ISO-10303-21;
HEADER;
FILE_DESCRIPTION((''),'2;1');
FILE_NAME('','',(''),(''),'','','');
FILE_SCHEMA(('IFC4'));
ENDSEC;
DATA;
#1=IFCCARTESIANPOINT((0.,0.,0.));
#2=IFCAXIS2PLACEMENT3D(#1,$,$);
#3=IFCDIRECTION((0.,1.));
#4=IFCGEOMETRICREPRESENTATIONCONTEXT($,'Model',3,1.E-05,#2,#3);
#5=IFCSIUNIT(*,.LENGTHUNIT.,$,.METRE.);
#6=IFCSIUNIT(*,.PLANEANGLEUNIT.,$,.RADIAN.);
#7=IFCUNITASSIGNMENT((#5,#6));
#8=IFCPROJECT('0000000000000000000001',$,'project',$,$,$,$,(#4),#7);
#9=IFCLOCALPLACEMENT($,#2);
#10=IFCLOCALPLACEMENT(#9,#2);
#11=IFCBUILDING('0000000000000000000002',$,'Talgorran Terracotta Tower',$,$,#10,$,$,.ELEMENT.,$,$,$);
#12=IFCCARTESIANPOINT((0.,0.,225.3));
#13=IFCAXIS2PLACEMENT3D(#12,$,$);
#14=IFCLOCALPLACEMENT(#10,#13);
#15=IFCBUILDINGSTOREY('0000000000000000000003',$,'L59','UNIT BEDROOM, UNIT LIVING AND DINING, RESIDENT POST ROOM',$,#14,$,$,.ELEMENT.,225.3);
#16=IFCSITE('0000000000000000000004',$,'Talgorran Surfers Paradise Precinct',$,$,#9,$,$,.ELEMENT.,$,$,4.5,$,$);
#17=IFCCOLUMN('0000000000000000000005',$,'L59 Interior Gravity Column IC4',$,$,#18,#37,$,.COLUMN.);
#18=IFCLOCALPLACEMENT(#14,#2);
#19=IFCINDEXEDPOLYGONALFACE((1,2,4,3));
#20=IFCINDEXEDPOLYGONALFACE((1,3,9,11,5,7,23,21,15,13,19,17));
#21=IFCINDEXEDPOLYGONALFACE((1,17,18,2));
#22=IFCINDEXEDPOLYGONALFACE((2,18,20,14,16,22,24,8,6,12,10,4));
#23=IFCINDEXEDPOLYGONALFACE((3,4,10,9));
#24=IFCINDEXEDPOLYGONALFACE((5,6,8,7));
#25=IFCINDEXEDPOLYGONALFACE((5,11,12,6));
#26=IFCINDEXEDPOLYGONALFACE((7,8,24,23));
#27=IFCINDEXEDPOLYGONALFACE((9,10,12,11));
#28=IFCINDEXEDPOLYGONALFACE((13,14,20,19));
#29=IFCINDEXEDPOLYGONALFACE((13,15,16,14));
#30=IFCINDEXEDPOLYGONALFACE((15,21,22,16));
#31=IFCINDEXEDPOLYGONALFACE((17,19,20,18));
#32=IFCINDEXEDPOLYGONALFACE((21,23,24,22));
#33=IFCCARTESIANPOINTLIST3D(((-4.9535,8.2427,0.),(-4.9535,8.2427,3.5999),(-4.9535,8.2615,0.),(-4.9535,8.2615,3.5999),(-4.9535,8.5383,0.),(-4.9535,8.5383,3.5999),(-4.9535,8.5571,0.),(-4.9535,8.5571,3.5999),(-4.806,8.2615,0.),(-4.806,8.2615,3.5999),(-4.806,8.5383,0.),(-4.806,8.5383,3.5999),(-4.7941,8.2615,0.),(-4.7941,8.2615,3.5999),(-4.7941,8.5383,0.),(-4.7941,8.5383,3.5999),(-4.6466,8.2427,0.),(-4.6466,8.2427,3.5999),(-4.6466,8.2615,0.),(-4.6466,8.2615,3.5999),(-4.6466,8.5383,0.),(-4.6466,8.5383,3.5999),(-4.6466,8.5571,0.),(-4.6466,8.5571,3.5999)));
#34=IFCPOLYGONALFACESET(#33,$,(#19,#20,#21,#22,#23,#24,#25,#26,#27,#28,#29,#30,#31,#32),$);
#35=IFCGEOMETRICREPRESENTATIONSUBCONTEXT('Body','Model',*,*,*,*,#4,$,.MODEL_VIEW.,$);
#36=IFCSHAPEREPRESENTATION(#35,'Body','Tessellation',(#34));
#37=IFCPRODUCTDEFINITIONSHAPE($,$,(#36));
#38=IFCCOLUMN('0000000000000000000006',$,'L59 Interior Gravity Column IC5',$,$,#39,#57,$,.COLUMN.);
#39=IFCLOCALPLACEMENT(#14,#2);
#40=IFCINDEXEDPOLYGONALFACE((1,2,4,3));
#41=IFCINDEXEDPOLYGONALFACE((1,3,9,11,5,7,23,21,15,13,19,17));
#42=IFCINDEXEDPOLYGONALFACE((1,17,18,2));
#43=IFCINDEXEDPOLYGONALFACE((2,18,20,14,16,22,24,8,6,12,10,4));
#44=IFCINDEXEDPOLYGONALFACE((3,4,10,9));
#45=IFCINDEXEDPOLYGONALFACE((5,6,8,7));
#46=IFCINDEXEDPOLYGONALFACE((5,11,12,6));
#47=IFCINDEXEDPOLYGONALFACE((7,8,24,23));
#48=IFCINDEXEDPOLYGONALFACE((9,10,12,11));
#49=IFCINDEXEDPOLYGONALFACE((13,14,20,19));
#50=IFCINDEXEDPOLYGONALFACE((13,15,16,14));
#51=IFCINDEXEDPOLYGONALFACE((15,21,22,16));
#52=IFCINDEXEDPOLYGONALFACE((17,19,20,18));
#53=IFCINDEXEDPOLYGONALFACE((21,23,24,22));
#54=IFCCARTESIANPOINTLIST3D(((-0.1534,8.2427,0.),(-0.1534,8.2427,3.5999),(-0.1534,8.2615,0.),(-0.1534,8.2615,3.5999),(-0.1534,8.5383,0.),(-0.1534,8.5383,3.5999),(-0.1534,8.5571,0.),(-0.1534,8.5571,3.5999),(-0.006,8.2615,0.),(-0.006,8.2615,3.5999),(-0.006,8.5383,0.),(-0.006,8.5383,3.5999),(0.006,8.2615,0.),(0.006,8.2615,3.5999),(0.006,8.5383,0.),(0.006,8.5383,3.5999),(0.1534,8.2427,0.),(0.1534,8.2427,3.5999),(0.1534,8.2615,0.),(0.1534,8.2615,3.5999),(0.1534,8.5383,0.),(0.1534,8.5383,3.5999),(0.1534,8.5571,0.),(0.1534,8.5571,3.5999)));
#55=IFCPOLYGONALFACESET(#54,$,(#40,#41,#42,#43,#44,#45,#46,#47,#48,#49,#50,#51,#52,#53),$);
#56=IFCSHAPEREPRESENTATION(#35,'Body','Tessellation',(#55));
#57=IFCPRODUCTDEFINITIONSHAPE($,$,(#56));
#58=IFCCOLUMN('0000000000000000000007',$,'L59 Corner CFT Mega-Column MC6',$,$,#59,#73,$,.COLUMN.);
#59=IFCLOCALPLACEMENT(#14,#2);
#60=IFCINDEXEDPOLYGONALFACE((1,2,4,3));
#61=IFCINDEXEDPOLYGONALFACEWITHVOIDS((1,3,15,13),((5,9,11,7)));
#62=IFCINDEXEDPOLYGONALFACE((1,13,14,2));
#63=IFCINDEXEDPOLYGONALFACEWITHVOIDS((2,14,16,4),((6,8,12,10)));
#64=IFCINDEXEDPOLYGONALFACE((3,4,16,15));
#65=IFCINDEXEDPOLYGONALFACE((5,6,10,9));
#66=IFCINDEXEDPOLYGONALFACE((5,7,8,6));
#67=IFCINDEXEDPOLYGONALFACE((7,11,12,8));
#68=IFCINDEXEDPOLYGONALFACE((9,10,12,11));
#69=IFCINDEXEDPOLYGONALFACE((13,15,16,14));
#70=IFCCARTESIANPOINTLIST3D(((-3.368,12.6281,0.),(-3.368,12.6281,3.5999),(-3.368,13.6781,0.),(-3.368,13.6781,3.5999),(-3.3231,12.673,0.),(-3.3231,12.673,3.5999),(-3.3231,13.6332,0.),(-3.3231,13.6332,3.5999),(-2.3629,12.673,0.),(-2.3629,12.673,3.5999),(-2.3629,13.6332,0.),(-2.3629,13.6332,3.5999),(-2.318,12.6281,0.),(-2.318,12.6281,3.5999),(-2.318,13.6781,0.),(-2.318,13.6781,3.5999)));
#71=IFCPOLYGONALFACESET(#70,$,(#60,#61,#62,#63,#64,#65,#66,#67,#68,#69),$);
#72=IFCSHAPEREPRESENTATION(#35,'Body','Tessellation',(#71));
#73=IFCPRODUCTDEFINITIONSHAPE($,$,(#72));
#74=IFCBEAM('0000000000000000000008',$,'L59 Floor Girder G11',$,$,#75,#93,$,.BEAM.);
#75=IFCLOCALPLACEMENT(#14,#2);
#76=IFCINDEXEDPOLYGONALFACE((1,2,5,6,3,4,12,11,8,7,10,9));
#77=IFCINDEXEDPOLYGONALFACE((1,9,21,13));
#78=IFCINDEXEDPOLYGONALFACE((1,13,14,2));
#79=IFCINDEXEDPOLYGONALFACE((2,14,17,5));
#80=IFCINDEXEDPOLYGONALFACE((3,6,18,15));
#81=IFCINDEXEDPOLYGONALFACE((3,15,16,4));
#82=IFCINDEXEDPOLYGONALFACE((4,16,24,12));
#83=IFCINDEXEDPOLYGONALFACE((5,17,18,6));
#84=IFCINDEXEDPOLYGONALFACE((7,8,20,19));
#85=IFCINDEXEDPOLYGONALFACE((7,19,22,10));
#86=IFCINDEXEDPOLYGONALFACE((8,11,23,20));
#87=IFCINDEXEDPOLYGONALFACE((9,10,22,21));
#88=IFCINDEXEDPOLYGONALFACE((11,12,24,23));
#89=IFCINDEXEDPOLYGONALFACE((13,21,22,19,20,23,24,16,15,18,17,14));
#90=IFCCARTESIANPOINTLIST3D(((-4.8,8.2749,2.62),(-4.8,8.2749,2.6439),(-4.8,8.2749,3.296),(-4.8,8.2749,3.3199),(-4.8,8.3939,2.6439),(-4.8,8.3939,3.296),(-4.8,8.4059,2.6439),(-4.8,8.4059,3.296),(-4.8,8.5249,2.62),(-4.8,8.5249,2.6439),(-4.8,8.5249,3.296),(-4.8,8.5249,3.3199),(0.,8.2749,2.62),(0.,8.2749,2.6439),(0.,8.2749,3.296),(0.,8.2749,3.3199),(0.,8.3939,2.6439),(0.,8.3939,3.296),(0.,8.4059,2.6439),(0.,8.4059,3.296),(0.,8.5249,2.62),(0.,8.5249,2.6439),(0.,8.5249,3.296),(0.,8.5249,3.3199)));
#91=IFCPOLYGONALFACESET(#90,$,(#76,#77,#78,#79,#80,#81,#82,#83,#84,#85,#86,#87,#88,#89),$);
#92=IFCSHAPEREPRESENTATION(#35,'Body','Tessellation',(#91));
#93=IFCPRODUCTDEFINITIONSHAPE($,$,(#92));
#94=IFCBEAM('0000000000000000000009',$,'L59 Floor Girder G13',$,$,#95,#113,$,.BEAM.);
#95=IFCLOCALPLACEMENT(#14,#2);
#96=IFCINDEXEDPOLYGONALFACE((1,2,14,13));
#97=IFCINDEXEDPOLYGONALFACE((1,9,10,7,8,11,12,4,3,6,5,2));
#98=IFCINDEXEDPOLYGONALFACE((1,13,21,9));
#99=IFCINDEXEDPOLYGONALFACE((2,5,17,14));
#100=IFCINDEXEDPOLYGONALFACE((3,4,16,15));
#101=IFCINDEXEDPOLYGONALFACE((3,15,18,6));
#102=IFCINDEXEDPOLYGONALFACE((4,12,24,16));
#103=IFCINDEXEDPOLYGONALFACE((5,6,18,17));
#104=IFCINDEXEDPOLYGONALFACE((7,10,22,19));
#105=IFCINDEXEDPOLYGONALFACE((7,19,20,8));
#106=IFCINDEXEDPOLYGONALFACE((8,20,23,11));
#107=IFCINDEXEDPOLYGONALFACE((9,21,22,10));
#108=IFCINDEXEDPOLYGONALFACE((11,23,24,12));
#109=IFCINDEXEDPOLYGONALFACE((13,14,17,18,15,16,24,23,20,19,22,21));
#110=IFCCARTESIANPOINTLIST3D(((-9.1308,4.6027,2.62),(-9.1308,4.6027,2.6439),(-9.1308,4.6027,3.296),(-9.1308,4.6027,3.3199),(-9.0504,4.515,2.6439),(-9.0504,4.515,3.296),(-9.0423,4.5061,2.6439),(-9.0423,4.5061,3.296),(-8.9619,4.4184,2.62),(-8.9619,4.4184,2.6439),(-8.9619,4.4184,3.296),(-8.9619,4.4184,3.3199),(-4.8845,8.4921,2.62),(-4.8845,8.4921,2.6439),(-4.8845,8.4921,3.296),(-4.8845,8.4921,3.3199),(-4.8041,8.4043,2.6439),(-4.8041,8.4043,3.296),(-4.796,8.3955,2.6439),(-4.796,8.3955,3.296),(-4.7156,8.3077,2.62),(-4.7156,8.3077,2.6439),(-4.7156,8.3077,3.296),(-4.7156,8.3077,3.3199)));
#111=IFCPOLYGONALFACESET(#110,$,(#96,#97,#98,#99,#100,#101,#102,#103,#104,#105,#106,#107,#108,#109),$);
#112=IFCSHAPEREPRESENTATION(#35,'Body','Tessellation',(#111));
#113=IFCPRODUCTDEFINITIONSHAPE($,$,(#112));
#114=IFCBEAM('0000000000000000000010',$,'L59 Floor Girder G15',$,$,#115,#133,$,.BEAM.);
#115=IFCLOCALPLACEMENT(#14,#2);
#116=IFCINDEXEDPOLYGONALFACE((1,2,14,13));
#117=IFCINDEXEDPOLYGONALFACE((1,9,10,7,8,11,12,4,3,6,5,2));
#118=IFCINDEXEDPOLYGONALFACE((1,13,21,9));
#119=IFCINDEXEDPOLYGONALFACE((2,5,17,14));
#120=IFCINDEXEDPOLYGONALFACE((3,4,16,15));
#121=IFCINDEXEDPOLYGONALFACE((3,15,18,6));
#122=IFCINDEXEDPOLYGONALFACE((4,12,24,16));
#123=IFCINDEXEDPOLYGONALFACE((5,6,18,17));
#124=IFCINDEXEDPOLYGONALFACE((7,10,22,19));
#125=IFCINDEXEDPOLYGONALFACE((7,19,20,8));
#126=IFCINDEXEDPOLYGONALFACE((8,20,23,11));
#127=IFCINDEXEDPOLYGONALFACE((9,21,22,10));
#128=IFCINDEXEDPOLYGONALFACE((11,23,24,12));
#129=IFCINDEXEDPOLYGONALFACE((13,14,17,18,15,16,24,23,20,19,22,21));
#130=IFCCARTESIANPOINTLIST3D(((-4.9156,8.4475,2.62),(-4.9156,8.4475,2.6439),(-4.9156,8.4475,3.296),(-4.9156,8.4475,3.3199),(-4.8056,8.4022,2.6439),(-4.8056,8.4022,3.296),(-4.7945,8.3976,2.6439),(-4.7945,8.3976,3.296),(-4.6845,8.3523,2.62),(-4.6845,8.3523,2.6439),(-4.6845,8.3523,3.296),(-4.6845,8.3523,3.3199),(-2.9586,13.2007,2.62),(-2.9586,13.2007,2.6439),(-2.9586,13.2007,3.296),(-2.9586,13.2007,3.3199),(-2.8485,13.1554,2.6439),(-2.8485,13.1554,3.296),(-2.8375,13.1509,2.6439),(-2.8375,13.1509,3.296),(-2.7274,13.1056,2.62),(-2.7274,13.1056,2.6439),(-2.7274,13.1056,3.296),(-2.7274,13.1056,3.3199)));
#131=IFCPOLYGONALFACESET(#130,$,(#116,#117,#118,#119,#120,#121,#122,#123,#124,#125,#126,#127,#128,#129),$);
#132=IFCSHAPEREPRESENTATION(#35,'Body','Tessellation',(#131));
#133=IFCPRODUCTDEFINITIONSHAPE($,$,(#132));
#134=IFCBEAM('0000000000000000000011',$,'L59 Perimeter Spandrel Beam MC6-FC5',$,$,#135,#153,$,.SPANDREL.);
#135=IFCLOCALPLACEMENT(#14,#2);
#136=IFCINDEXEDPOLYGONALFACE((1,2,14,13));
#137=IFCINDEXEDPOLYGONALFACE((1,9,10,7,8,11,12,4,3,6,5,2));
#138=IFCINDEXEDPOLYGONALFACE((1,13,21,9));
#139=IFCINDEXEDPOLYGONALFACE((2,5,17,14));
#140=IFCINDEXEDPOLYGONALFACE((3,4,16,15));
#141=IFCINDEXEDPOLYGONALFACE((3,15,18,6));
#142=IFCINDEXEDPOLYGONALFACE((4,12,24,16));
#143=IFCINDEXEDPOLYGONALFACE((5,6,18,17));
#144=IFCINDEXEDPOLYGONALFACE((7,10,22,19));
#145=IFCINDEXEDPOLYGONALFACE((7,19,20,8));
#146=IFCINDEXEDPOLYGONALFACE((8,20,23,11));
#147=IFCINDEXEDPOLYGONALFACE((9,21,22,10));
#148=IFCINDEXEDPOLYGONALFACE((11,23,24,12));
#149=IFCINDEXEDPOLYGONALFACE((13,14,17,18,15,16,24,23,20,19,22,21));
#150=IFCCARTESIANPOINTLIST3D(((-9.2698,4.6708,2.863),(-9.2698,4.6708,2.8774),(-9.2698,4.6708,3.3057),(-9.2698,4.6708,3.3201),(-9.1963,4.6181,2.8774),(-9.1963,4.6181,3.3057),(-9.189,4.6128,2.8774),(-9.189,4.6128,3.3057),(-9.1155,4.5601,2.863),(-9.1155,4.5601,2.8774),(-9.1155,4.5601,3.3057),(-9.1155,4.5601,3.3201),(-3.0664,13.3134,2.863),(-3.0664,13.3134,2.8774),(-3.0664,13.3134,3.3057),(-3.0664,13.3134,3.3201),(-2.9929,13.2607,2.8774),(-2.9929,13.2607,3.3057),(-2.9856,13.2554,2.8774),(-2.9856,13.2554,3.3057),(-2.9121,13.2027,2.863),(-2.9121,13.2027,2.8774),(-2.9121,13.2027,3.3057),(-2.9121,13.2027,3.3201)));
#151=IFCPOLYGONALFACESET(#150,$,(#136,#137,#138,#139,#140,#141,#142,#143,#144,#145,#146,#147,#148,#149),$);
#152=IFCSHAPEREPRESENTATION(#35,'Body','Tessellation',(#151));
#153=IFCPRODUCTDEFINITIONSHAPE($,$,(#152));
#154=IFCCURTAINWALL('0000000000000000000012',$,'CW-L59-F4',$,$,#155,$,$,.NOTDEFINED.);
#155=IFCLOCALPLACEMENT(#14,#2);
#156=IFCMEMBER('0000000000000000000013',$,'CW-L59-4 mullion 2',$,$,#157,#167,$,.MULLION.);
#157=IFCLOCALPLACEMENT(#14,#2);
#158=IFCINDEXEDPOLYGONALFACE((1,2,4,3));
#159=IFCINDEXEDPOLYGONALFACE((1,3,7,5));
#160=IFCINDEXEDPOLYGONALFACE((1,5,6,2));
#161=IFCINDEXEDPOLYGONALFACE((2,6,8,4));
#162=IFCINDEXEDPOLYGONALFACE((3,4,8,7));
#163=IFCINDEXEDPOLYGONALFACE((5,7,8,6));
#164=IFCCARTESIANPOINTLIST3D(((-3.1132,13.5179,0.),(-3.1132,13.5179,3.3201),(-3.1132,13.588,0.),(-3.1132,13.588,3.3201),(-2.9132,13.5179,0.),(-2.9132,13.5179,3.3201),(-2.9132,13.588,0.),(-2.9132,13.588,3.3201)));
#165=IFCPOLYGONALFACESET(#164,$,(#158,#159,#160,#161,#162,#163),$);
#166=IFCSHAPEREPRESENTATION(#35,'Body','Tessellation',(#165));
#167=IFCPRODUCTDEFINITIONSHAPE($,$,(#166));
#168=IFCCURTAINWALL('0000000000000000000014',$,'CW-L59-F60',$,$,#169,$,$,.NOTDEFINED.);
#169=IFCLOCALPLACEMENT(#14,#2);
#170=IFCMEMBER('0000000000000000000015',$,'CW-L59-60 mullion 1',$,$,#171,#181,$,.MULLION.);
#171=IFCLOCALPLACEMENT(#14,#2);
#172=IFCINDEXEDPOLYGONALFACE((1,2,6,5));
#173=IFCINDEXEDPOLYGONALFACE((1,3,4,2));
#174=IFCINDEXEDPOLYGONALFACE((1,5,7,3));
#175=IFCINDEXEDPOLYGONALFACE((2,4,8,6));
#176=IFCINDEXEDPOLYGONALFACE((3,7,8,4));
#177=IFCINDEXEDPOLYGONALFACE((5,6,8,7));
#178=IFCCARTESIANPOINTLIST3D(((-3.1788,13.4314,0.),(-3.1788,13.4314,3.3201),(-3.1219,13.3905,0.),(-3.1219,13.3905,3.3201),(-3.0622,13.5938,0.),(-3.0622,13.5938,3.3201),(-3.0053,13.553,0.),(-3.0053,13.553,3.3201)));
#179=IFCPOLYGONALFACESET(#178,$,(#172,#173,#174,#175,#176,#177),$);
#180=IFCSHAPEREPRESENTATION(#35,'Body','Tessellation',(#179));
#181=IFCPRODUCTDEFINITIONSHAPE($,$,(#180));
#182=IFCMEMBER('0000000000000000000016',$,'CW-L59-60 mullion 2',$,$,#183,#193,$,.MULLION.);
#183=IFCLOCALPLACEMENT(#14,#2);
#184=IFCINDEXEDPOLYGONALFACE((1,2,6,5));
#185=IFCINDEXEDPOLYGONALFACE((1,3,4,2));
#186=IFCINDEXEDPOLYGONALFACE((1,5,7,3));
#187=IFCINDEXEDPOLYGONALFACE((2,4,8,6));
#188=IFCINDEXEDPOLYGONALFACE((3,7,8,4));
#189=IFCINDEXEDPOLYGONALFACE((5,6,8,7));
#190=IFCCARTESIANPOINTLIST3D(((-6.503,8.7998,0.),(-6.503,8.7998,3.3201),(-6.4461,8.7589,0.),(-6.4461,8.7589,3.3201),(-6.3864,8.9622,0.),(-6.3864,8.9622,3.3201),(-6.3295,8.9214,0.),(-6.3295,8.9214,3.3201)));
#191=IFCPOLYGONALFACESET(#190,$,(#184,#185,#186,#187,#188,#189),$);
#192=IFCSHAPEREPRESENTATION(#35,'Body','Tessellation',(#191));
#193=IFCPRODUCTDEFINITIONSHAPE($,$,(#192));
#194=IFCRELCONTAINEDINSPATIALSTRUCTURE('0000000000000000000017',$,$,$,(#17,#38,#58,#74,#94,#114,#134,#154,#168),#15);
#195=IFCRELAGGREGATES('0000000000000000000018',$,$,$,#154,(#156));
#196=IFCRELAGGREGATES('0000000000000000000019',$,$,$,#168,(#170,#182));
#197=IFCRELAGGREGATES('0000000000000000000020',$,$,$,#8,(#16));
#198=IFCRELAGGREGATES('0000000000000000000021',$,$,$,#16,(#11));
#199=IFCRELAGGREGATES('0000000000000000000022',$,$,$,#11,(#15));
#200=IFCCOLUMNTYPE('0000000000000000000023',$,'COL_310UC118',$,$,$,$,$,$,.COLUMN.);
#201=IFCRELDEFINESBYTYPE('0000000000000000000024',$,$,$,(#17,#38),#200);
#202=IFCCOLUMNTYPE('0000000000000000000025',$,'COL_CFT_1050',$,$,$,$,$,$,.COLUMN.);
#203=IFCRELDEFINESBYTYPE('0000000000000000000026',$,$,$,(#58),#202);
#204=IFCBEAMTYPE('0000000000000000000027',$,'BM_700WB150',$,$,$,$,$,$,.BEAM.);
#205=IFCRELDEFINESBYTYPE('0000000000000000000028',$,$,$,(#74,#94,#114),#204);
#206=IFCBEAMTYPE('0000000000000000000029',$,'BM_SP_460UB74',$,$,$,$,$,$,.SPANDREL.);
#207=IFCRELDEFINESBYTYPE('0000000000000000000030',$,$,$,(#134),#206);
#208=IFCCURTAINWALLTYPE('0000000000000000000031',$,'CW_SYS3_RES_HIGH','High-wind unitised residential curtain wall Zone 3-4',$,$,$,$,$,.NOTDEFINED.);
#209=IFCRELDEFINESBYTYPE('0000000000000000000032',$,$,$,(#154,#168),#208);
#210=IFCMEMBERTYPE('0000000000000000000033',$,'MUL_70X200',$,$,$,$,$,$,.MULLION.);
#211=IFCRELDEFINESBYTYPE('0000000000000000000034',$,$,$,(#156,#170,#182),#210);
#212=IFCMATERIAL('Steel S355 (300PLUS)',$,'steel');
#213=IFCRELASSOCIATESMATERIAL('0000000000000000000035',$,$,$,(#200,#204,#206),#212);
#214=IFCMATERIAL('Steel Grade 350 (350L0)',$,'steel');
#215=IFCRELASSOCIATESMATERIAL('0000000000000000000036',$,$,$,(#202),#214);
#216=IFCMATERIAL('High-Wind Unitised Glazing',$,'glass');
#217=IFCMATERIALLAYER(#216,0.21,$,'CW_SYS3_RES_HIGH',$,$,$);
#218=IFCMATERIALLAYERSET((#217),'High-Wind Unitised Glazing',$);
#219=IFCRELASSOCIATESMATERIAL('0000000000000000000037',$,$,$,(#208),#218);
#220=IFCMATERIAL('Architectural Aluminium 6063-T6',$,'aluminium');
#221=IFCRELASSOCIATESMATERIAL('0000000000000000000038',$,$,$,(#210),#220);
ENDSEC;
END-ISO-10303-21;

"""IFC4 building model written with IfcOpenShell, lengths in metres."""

from ifc_helpers import new_model, si_unit, direction, frame, origin, origin_2d, place, context, subcontext, project, spatial, rectangle, hollow_rectangle, i_section, extrude, material, layer, layer_set, material_profile, profile_set, type_object, element, aggregate, save


model = new_model("IFC4")

# Units and contexts
model_context = context("Model", 3, precision=1e-05, world=origin(), true_north=direction((0.0, 1.0)))
body_context = subcontext(model_context, "Body", "Model", "MODEL_VIEW")
ifc_project = project(units=[si_unit("LENGTHUNIT", "METRE"), si_unit("PLANEANGLEUNIT", "RADIAN")], contexts=[model_context])

# Site, building, storey
site_placement = place(None, origin())
site = spatial("IfcSite", under=ifc_project, at=site_placement, Name="Talgorran Surfers Paradise Precinct", CompositionType="ELEMENT", RefElevation=4.5)
building_placement = place(site_placement, origin())
building = spatial("IfcBuilding", under=site, at=building_placement, Name="Talgorran Terracotta Tower", CompositionType="ELEMENT")
storey_placement = place(building_placement, frame((0.0, 0.0, 225.3)))
storey = spatial("IfcBuildingStorey", under=building, at=storey_placement, Name="L59", Description="UNIT BEDROOM, UNIT LIVING AND DINING, RESIDENT POST ROOM", CompositionType="ELEMENT", Elevation=225.3)

# Columns
ifc_material_1 = material(Name="Steel S355 (300PLUS)", Category="steel")
ifc_material_profile_1 = material_profile(ifc_material_1, i_section(OverallWidth=0.3069, OverallDepth=0.3145, WebThickness=0.012, FlangeThickness=0.0188, at=origin_2d()), Name="310UC118")
ifc_profile_set_1 = profile_set([ifc_material_profile_1], Name="Steel S355 (300PLUS)")
column_type_1 = type_object("IfcColumnType", Name="COL_310UC118", PredefinedType="COLUMN", material=ifc_profile_set_1)
for number, where, z_axis, x_axis, name in (
    (1, (-4.8, 8.3999, 0.0), (0.0, 0.0, 1.0), (1.0, 0.0, 0.0), "L59 Interior Gravity Column IC4"),
    (2, (0.0, 8.3999, 0.0), (0.0, 0.0, 1.0), (1.0, 0.0, 0.0), "L59 Interior Gravity Column IC5"),
):
    element("IfcColumn", number, at=place(storey_placement, frame(where, z_axis=z_axis, x_axis=x_axis)), inside=storey, type_object=column_type_1, Name=name, PredefinedType="COLUMN", context=body_context, shape_type="SweptSolid", body=[
        extrude(i_section(OverallWidth=0.3069, OverallDepth=0.3145, WebThickness=0.012, FlangeThickness=0.0188, at=origin_2d()), origin(), (0.0, 0.0, 1.0), 3.5999),
    ])
ifc_material_2 = material(Name="Steel Grade 350 (350L0)", Category="steel")
ifc_material_profile_2 = material_profile(ifc_material_2, hollow_rectangle(XDim=1.05, YDim=1.05, WallThickness=0.0449, at=origin_2d()), Name="CFT1050X1050X45")
ifc_profile_set_2 = profile_set([ifc_material_profile_2], Name="Steel Grade 350 (350L0)")
column_type_2 = type_object("IfcColumnType", Name="COL_CFT_1050", PredefinedType="COLUMN", material=ifc_profile_set_2)
column_placement = place(storey_placement, frame((-2.843, 13.1531, 0.0), z_axis=(0.0, 0.0, 1.0), x_axis=(1.0, 0.0, 0.0)))
element("IfcColumn", 3, at=column_placement, inside=storey, type_object=column_type_2, Name="L59 Corner CFT Mega-Column MC6", PredefinedType="COLUMN", context=body_context, shape_type="SweptSolid", body=[
    extrude(hollow_rectangle(XDim=1.05, YDim=1.05, WallThickness=0.0449, at=origin_2d()), origin(), (0.0, 0.0, 1.0), 3.5999),
])

# Beams
ifc_material_profile_3 = material_profile(ifc_material_1, i_section(OverallWidth=0.25, OverallDepth=0.7, WebThickness=0.012, FlangeThickness=0.0239, at=origin_2d()), Name="700WB150")
ifc_profile_set_3 = profile_set([ifc_material_profile_3], Name="Steel S355 (300PLUS)")
beam_type_1 = type_object("IfcBeamType", Name="BM_700WB150", PredefinedType="BEAM", material=ifc_profile_set_3)
beam_1_placement = place(storey_placement, frame((-4.8, 8.3999, 2.97), z_axis=(1.0, 0.0, 0.0), x_axis=(0.0, 1.0, 0.0)))
element("IfcBeam", 4, at=beam_1_placement, inside=storey, type_object=beam_type_1, Name="L59 Floor Girder G11", PredefinedType="BEAM", context=body_context, shape_type="SweptSolid", body=[
    extrude(i_section(OverallWidth=0.25, OverallDepth=0.7, WebThickness=0.012, FlangeThickness=0.0239, at=origin_2d()), origin(), (0.0, 0.0, 1.0), 4.8),
])
beam_2_placement = place(storey_placement, frame((-4.8, 8.3999, 2.97), z_axis=(-0.73742, -0.675435, 0.0), x_axis=(0.675435, -0.73742, 0.0)))
element("IfcBeam", 5, at=beam_2_placement, inside=storey, type_object=beam_type_1, Name="L59 Floor Girder G13", PredefinedType="BEAM", context=body_context, shape_type="SweptSolid", body=[
    extrude(i_section(OverallWidth=0.25, OverallDepth=0.7, WebThickness=0.012, FlangeThickness=0.0239, at=origin_2d()), origin(), (0.0, 0.0, 1.0), 5.7583),
])
beam_3_placement = place(storey_placement, frame((-4.8, 8.3999, 2.97), z_axis=(0.380724, 0.924689, 0.0), x_axis=(-0.924689, 0.380724, 0.0)))
element("IfcBeam", 6, at=beam_3_placement, inside=storey, type_object=beam_type_1, Name="L59 Floor Girder G15", PredefinedType="BEAM", context=body_context, shape_type="SweptSolid", body=[
    extrude(i_section(OverallWidth=0.25, OverallDepth=0.7, WebThickness=0.012, FlangeThickness=0.0239, at=origin_2d()), origin(), (0.0, 0.0, 1.0), 5.1404),
])
ifc_material_profile_4 = material_profile(ifc_material_1, i_section(OverallWidth=0.1899, OverallDepth=0.457, WebThickness=0.009, FlangeThickness=0.0144, at=origin_2d()), Name="460UB74.6")
ifc_profile_set_4 = profile_set([ifc_material_profile_4], Name="Steel S355 (300PLUS)")
beam_type_2 = type_object("IfcBeamType", Name="BM_SP_460UB74", PredefinedType="SPANDREL", material=ifc_profile_set_4)
beam_4_placement = place(storey_placement, frame((-2.9893, 13.2581, 3.0916), z_axis=(-0.58311, -0.812393, 0.0), x_axis=(0.812393, -0.58311, 0.0)))
element("IfcBeam", 7, at=beam_4_placement, inside=storey, type_object=beam_type_2, Name="L59 Perimeter Spandrel Beam MC6-FC5", PredefinedType="SPANDREL", context=body_context, shape_type="SweptSolid", body=[
    extrude(i_section(OverallWidth=0.1899, OverallDepth=0.457, WebThickness=0.009, FlangeThickness=0.0144, at=origin_2d()), origin(), (0.0, 0.0, 1.0), 10.6384),
])

# Curtain wall, member
ifc_material_3 = material(Name="High-Wind Unitised Glazing", Category="glass")
ifc_layer_1 = layer(ifc_material_3, 0.21, Name="CW_SYS3_RES_HIGH")
ifc_layer_set_1 = layer_set([ifc_layer_1], Name="High-Wind Unitised Glazing")
curtain_wall_type = type_object("IfcCurtainWallType", Name="CW_SYS3_RES_HIGH", Description="High-wind unitised residential curtain wall Zone 3-4", PredefinedType="NOTDEFINED", material=ifc_layer_set_1)
curtain_wall_1_placement = place(storey_placement, origin())
curtain_wall_1 = element("IfcCurtainWall", 8, at=curtain_wall_1_placement, inside=storey, type_object=curtain_wall_type, Name="CW-L59-F4", PredefinedType="NOTDEFINED")
ifc_material_4 = material(Name="Architectural Aluminium 6063-T6", Category="aluminium")
ifc_material_profile_5 = material_profile(ifc_material_4, rectangle(XDim=0.0701, YDim=0.2, at=origin_2d()), Name="CWM70X200")
ifc_profile_set_5 = profile_set([ifc_material_profile_5], Name="Architectural Aluminium 6063-T6")
member_type_1 = type_object("IfcMemberType", Name="MUL_70X200", PredefinedType="MULLION", material=ifc_profile_set_5)
member_1_placement = place(storey_placement, frame((-3.0132, 13.553, 0.0), z_axis=(0.0, 0.0, 1.0), x_axis=(0.0, -1.0, 0.0)))
member_1 = element("IfcMember", 9, at=member_1_placement, type_object=member_type_1, Name="CW-L59-4 mullion 2", PredefinedType="MULLION", context=body_context, shape_type="SweptSolid", body=[
    extrude(rectangle(XDim=0.0701, YDim=0.2, at=origin_2d()), origin(), (0.0, 0.0, 1.0), 3.3201),
])
aggregate(curtain_wall_1, [member_1])

# Curtain wall, members
curtain_wall_2_placement = place(storey_placement, origin())
curtain_wall_2 = element("IfcCurtainWall", 10, at=curtain_wall_2_placement, inside=storey, type_object=curtain_wall_type, Name="CW-L59-F60", PredefinedType="NOTDEFINED")
member_2_placement = place(storey_placement, frame((-3.092, 13.4922, 0.0), z_axis=(0.0, 0.0, 1.0), x_axis=(0.812394, -0.583109, 0.0)))
member_2 = element("IfcMember", 11, at=member_2_placement, type_object=member_type_1, Name="CW-L59-60 mullion 1", PredefinedType="MULLION", context=body_context, shape_type="SweptSolid", body=[
    extrude(rectangle(XDim=0.0701, YDim=0.2, at=origin_2d()), origin(), (0.0, 0.0, 1.0), 3.3201),
])
member_3_placement = place(storey_placement, frame((-6.4163, 8.8606, 0.0), z_axis=(0.0, 0.0, 1.0), x_axis=(0.812394, -0.583109, 0.0)))
member_3 = element("IfcMember", 12, at=member_3_placement, type_object=member_type_1, Name="CW-L59-60 mullion 2", PredefinedType="MULLION", context=body_context, shape_type="SweptSolid", body=[
    extrude(rectangle(XDim=0.0701, YDim=0.2, at=origin_2d()), origin(), (0.0, 0.0, 1.0), 3.3201),
])

aggregate(curtain_wall_2, [member_2, member_3])

save(model, "model.ifc")
